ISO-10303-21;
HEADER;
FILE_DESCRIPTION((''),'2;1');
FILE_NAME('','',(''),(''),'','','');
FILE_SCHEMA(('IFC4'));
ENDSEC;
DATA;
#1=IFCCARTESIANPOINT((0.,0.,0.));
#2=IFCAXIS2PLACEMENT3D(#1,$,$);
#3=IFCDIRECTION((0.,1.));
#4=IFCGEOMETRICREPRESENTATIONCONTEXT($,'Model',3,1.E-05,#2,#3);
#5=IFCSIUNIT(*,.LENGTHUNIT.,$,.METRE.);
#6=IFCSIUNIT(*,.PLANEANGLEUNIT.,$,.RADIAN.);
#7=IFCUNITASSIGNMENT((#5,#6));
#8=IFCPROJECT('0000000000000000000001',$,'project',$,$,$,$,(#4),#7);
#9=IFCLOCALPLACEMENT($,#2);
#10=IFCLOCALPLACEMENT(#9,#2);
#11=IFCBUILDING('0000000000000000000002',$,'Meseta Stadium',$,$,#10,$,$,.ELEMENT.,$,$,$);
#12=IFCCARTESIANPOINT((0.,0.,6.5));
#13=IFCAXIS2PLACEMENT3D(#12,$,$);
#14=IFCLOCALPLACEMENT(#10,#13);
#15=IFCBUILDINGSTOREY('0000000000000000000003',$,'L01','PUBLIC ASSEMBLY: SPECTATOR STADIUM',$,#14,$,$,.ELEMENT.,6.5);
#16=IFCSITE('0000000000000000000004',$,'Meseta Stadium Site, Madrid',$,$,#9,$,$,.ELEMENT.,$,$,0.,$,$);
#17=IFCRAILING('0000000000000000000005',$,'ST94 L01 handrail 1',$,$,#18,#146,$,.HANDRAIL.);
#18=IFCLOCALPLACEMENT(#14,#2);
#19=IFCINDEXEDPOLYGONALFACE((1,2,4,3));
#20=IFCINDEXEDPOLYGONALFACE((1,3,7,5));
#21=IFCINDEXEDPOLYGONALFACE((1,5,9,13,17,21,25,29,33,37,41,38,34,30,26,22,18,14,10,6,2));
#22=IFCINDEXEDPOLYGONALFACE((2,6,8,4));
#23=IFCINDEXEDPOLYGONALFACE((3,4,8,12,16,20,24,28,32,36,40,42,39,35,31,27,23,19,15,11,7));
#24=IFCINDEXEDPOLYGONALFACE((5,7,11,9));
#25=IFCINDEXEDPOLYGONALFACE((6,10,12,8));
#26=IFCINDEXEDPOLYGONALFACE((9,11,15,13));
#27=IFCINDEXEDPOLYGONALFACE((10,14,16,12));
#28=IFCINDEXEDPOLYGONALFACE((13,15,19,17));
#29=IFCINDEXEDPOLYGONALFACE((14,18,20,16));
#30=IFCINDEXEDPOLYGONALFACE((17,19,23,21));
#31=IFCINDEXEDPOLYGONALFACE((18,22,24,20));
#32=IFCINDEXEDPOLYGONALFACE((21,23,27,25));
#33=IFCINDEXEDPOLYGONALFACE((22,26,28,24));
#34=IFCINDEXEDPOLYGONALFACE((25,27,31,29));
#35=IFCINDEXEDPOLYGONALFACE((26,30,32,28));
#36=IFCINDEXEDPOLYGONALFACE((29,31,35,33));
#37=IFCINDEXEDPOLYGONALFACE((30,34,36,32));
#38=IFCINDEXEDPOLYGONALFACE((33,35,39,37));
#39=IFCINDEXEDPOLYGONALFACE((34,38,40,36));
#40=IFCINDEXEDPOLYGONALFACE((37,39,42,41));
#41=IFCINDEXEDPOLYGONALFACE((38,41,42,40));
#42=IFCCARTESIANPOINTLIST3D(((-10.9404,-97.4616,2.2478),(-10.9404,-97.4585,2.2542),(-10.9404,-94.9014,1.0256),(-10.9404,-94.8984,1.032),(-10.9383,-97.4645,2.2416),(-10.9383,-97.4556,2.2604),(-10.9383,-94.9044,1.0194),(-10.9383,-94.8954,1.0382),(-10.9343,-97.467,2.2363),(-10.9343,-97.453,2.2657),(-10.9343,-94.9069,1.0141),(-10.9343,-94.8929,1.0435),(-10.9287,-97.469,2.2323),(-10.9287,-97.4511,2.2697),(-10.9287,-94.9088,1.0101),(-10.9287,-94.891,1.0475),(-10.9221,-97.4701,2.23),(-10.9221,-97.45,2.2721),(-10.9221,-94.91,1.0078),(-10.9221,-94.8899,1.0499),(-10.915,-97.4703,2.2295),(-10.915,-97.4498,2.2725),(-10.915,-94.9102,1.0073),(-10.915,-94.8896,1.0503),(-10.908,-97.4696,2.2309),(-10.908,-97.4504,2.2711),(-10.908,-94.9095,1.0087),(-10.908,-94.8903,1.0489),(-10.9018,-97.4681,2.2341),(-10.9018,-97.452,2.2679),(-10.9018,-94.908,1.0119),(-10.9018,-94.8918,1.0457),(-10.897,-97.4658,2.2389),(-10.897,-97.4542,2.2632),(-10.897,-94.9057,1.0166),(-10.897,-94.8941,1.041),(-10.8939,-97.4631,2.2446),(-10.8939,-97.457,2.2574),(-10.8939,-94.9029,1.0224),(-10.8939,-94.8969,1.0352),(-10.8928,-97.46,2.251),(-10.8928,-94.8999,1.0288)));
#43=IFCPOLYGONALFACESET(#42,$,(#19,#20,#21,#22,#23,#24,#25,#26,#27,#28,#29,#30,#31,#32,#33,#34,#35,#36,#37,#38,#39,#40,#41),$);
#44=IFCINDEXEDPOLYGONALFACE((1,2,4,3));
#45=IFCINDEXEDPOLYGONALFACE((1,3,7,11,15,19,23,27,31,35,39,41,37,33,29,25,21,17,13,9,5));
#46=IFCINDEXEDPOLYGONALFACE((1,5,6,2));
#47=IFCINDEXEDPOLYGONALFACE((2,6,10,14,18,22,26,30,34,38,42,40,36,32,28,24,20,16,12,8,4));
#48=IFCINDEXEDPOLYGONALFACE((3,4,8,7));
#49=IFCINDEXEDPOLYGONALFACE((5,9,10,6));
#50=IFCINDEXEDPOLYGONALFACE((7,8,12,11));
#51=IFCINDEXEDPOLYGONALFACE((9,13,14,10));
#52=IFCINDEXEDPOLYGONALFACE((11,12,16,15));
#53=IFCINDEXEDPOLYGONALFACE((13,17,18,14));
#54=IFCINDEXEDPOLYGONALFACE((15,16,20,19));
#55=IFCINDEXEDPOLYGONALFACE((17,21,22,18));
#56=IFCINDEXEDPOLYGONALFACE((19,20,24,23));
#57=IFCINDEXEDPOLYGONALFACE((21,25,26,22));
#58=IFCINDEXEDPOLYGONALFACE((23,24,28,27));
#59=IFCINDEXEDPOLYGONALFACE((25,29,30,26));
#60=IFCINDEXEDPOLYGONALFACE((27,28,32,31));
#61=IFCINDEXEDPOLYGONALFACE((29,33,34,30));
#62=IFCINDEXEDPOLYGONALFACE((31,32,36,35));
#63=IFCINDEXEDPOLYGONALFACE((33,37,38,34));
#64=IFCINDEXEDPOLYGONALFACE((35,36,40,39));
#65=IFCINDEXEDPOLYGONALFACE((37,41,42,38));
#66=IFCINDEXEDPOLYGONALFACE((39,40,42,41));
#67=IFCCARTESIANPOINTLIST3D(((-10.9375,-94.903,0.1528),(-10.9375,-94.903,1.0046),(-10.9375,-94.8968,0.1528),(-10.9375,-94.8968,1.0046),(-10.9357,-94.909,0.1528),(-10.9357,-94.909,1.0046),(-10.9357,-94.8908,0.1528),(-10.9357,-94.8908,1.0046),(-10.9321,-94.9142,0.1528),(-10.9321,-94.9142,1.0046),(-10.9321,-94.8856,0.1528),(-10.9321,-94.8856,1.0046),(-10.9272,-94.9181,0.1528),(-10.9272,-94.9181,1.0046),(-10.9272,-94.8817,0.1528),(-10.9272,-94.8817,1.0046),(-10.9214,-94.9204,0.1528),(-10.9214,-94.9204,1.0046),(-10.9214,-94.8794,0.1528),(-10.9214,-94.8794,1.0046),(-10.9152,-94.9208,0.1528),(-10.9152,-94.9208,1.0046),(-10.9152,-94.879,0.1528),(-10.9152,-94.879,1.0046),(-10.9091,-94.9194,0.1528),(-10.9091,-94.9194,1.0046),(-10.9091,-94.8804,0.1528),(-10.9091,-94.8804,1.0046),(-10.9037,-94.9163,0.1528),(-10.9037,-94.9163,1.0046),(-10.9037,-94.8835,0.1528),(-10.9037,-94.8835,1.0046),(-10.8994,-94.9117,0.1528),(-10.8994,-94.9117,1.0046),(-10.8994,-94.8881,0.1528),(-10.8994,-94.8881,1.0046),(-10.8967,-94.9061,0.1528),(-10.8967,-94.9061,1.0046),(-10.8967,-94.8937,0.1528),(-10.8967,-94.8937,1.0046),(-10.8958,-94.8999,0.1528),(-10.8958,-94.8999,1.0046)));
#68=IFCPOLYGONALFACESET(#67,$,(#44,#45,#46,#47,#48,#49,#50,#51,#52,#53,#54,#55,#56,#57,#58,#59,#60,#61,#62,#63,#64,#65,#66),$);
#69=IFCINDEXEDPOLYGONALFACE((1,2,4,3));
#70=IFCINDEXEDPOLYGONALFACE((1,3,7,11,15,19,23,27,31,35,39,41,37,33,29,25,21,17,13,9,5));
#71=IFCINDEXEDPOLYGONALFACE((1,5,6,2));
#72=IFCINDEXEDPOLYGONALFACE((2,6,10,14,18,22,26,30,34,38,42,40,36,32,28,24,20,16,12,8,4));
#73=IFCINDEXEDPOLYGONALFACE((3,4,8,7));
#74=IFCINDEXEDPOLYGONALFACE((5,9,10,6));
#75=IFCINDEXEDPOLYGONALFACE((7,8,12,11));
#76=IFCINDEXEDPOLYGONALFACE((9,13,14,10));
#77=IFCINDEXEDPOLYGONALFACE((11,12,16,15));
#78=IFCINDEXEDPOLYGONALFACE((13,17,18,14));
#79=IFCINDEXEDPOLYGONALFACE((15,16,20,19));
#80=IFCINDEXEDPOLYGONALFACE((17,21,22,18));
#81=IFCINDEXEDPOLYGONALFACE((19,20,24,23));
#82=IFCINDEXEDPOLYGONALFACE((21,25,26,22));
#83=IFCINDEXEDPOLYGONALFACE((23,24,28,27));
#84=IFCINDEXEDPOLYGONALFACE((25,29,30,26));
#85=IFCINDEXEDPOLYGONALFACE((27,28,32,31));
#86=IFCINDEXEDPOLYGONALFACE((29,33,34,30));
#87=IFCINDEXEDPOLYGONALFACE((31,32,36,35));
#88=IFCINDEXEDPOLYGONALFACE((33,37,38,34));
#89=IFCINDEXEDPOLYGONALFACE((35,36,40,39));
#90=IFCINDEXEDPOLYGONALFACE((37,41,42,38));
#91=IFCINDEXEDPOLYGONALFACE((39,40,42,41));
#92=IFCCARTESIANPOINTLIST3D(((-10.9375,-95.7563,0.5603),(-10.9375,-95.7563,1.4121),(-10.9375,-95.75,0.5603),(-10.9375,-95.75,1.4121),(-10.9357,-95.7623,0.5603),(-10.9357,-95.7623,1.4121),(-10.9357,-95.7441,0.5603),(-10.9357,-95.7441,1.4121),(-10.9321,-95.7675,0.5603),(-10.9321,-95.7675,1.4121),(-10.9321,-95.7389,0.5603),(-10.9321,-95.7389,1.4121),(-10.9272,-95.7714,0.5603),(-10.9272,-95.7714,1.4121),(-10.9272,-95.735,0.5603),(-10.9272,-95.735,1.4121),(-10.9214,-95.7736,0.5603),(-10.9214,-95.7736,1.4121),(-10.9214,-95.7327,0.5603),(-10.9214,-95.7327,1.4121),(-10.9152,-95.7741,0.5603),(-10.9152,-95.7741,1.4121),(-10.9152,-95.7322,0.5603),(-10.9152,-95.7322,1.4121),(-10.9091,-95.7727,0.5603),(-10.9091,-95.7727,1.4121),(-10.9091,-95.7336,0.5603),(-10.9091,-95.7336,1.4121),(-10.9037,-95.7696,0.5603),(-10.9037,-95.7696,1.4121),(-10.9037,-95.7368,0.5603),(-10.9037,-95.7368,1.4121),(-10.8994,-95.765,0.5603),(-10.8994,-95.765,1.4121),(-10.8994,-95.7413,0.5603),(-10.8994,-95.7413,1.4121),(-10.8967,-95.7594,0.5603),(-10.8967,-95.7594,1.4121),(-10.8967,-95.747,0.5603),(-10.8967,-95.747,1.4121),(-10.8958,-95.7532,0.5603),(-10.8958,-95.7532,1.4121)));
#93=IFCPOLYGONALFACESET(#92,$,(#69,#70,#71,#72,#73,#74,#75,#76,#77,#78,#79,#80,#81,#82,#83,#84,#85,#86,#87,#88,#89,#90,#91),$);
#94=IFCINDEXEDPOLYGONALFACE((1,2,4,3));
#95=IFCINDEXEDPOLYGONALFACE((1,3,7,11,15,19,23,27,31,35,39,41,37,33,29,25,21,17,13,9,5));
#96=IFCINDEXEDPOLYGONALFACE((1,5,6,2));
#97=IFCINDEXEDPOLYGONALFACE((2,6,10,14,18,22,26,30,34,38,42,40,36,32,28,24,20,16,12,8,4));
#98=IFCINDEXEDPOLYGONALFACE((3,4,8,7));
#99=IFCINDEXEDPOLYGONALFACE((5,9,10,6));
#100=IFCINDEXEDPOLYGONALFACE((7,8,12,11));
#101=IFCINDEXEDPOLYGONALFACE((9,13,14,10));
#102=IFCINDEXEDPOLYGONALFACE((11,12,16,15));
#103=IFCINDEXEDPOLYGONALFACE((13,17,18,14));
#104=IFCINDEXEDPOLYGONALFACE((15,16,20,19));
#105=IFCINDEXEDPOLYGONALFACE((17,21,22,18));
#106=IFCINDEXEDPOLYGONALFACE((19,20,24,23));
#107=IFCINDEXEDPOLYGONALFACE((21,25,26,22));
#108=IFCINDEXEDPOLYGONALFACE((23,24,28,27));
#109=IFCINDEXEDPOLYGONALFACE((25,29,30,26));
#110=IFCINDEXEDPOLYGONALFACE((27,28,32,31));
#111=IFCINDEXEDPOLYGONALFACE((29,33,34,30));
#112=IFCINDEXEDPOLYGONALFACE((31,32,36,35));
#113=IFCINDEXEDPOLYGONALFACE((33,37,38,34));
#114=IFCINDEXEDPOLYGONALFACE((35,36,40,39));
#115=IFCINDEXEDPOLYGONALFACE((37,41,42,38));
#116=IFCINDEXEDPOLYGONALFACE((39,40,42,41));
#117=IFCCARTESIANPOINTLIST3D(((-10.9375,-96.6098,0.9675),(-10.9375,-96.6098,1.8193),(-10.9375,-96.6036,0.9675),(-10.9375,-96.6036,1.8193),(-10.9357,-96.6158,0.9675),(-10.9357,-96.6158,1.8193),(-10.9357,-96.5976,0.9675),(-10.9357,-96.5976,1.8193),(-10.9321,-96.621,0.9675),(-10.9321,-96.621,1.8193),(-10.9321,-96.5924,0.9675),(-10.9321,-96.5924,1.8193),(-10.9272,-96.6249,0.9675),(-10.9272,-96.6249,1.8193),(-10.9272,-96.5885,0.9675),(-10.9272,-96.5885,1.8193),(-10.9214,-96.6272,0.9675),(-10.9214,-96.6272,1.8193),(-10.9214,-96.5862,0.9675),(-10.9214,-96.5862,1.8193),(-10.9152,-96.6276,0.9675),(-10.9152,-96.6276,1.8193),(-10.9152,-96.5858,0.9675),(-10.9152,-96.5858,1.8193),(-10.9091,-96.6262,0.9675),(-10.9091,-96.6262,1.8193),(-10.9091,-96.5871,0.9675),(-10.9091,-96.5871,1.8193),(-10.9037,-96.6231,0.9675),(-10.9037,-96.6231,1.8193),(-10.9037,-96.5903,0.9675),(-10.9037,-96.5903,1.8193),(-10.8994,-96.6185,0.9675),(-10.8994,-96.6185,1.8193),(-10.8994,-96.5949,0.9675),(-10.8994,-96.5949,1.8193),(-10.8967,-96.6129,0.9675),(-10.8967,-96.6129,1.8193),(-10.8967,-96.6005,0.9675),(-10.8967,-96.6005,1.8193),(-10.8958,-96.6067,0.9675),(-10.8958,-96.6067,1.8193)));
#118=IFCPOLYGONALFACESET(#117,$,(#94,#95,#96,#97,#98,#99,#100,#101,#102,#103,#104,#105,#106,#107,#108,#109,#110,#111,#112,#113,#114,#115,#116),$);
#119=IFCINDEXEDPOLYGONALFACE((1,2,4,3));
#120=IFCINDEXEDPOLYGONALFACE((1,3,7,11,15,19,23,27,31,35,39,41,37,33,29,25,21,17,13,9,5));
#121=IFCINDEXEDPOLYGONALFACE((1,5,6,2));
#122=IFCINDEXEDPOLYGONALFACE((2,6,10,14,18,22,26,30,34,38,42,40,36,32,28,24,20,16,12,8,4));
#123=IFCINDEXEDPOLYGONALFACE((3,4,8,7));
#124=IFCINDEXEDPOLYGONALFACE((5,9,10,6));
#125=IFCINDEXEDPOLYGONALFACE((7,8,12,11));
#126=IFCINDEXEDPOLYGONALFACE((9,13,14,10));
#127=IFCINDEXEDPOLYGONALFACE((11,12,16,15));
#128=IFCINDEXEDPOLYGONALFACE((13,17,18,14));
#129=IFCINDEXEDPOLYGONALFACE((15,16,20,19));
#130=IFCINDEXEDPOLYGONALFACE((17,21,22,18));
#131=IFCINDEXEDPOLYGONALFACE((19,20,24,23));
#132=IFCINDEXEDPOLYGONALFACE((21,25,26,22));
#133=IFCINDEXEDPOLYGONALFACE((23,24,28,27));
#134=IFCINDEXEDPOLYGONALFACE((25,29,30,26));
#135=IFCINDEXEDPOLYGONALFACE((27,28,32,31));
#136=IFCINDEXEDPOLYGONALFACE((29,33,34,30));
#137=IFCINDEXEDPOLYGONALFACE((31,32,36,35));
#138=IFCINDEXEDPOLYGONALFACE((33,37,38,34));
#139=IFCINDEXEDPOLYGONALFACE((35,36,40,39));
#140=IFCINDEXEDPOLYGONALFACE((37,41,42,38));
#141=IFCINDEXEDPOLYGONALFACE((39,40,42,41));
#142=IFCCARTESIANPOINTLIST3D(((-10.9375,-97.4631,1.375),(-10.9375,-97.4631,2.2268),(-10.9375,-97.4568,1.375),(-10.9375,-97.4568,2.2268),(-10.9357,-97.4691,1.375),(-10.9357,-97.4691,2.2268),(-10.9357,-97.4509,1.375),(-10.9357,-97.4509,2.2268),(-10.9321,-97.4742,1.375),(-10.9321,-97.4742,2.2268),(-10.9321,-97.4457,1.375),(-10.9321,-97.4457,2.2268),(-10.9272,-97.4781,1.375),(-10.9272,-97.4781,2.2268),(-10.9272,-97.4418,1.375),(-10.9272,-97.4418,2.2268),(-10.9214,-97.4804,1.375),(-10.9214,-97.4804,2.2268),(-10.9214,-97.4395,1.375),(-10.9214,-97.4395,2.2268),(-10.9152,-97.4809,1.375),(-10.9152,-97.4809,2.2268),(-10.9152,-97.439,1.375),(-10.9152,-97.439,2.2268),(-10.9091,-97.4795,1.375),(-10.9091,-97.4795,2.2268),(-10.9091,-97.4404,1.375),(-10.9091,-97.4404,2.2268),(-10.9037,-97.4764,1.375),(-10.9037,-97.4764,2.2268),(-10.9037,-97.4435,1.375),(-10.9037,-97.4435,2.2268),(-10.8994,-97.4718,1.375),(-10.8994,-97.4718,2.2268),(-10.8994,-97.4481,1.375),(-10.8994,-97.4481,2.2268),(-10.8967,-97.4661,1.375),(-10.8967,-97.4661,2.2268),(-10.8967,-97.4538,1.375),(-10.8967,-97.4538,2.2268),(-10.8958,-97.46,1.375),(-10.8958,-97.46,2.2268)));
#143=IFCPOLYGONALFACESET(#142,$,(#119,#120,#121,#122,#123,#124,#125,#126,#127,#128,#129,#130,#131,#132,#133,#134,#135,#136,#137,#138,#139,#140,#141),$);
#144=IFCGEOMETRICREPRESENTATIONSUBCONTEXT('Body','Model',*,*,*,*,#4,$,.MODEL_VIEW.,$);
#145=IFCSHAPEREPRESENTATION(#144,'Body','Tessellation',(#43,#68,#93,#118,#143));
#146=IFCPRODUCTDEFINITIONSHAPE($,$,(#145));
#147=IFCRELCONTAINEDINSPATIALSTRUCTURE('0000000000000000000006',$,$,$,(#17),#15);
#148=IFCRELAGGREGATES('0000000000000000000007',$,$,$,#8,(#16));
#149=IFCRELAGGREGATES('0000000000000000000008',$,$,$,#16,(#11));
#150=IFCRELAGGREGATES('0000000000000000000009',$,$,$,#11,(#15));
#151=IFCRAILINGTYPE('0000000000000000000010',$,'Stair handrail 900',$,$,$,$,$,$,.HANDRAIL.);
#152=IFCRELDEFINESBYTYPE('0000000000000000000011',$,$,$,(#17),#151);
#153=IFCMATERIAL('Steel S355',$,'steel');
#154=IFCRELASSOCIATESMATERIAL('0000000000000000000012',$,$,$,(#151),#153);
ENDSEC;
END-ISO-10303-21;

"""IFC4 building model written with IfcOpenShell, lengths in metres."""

from ifc_helpers import new_model, si_unit, direction, frame, origin, origin_2d, place, context, subcontext, project, spatial, circle, extrude, material, type_object, element, save


model = new_model("IFC4")

# Units and contexts
model_context = context("Model", 3, precision=1e-05, world=origin(), true_north=direction((0.0, 1.0)))
body_context = subcontext(model_context, "Body", "Model", "MODEL_VIEW")
ifc_project = project(units=[si_unit("LENGTHUNIT", "METRE"), si_unit("PLANEANGLEUNIT", "RADIAN")], contexts=[model_context])

# Site, building, storey
site_placement = place(None, origin())
site = spatial("IfcSite", under=ifc_project, at=site_placement, Name="Meseta Stadium Site, Madrid", CompositionType="ELEMENT", RefElevation=0.0)
building_placement = place(site_placement, origin())
building = spatial("IfcBuilding", under=site, at=building_placement, Name="Meseta Stadium", CompositionType="ELEMENT")
storey_placement = place(building_placement, frame((0.0, 0.0, 6.5)))
storey = spatial("IfcBuildingStorey", under=building, at=storey_placement, Name="L01", Description="PUBLIC ASSEMBLY: SPECTATOR STADIUM", CompositionType="ELEMENT", Elevation=6.5)

# Railing
ifc_material_1 = material(Name="Steel S355", Category="steel")
railing_type_1 = type_object("IfcRailingType", Name="Stair handrail 900", PredefinedType="HANDRAIL", material=ifc_material_1)
railing_1_placement = place(storey_placement, frame((-10.9167, -94.8999, 0.1528)))
element("IfcRailing", 1, at=railing_1_placement, inside=storey, type_object=railing_type_1, Name="ST94 L01 handrail 1", PredefinedType="HANDRAIL", context=body_context, shape_type="SweptSolid", body=[
    extrude(circle(Radius=0.0239, at=origin_2d()), frame((0.0, 0.0, 0.876), z_axis=(0.0, -0.902437, 0.430822), x_axis=(1.0, 0.0, 0.0)), (0.0, 0.0, 1.0), 2.8369),
    extrude(circle(Radius=0.021, at=origin_2d()), origin(), (0.0, 0.0, 1.0), 0.8518),
    extrude(circle(Radius=0.021, at=origin_2d()), frame((0.0, -0.8533, 0.4075)), (0.0, 0.0, 1.0), 0.8518),
    extrude(circle(Radius=0.021, at=origin_2d()), frame((0.0, -1.7068, 0.8147)), (0.0, 0.0, 1.0), 0.8518),
    extrude(circle(Radius=0.021, at=origin_2d()), frame((0.0, -2.5601, 1.2222)), (0.0, 0.0, 1.0), 0.8518),
])

save(model, "model.ifc")
